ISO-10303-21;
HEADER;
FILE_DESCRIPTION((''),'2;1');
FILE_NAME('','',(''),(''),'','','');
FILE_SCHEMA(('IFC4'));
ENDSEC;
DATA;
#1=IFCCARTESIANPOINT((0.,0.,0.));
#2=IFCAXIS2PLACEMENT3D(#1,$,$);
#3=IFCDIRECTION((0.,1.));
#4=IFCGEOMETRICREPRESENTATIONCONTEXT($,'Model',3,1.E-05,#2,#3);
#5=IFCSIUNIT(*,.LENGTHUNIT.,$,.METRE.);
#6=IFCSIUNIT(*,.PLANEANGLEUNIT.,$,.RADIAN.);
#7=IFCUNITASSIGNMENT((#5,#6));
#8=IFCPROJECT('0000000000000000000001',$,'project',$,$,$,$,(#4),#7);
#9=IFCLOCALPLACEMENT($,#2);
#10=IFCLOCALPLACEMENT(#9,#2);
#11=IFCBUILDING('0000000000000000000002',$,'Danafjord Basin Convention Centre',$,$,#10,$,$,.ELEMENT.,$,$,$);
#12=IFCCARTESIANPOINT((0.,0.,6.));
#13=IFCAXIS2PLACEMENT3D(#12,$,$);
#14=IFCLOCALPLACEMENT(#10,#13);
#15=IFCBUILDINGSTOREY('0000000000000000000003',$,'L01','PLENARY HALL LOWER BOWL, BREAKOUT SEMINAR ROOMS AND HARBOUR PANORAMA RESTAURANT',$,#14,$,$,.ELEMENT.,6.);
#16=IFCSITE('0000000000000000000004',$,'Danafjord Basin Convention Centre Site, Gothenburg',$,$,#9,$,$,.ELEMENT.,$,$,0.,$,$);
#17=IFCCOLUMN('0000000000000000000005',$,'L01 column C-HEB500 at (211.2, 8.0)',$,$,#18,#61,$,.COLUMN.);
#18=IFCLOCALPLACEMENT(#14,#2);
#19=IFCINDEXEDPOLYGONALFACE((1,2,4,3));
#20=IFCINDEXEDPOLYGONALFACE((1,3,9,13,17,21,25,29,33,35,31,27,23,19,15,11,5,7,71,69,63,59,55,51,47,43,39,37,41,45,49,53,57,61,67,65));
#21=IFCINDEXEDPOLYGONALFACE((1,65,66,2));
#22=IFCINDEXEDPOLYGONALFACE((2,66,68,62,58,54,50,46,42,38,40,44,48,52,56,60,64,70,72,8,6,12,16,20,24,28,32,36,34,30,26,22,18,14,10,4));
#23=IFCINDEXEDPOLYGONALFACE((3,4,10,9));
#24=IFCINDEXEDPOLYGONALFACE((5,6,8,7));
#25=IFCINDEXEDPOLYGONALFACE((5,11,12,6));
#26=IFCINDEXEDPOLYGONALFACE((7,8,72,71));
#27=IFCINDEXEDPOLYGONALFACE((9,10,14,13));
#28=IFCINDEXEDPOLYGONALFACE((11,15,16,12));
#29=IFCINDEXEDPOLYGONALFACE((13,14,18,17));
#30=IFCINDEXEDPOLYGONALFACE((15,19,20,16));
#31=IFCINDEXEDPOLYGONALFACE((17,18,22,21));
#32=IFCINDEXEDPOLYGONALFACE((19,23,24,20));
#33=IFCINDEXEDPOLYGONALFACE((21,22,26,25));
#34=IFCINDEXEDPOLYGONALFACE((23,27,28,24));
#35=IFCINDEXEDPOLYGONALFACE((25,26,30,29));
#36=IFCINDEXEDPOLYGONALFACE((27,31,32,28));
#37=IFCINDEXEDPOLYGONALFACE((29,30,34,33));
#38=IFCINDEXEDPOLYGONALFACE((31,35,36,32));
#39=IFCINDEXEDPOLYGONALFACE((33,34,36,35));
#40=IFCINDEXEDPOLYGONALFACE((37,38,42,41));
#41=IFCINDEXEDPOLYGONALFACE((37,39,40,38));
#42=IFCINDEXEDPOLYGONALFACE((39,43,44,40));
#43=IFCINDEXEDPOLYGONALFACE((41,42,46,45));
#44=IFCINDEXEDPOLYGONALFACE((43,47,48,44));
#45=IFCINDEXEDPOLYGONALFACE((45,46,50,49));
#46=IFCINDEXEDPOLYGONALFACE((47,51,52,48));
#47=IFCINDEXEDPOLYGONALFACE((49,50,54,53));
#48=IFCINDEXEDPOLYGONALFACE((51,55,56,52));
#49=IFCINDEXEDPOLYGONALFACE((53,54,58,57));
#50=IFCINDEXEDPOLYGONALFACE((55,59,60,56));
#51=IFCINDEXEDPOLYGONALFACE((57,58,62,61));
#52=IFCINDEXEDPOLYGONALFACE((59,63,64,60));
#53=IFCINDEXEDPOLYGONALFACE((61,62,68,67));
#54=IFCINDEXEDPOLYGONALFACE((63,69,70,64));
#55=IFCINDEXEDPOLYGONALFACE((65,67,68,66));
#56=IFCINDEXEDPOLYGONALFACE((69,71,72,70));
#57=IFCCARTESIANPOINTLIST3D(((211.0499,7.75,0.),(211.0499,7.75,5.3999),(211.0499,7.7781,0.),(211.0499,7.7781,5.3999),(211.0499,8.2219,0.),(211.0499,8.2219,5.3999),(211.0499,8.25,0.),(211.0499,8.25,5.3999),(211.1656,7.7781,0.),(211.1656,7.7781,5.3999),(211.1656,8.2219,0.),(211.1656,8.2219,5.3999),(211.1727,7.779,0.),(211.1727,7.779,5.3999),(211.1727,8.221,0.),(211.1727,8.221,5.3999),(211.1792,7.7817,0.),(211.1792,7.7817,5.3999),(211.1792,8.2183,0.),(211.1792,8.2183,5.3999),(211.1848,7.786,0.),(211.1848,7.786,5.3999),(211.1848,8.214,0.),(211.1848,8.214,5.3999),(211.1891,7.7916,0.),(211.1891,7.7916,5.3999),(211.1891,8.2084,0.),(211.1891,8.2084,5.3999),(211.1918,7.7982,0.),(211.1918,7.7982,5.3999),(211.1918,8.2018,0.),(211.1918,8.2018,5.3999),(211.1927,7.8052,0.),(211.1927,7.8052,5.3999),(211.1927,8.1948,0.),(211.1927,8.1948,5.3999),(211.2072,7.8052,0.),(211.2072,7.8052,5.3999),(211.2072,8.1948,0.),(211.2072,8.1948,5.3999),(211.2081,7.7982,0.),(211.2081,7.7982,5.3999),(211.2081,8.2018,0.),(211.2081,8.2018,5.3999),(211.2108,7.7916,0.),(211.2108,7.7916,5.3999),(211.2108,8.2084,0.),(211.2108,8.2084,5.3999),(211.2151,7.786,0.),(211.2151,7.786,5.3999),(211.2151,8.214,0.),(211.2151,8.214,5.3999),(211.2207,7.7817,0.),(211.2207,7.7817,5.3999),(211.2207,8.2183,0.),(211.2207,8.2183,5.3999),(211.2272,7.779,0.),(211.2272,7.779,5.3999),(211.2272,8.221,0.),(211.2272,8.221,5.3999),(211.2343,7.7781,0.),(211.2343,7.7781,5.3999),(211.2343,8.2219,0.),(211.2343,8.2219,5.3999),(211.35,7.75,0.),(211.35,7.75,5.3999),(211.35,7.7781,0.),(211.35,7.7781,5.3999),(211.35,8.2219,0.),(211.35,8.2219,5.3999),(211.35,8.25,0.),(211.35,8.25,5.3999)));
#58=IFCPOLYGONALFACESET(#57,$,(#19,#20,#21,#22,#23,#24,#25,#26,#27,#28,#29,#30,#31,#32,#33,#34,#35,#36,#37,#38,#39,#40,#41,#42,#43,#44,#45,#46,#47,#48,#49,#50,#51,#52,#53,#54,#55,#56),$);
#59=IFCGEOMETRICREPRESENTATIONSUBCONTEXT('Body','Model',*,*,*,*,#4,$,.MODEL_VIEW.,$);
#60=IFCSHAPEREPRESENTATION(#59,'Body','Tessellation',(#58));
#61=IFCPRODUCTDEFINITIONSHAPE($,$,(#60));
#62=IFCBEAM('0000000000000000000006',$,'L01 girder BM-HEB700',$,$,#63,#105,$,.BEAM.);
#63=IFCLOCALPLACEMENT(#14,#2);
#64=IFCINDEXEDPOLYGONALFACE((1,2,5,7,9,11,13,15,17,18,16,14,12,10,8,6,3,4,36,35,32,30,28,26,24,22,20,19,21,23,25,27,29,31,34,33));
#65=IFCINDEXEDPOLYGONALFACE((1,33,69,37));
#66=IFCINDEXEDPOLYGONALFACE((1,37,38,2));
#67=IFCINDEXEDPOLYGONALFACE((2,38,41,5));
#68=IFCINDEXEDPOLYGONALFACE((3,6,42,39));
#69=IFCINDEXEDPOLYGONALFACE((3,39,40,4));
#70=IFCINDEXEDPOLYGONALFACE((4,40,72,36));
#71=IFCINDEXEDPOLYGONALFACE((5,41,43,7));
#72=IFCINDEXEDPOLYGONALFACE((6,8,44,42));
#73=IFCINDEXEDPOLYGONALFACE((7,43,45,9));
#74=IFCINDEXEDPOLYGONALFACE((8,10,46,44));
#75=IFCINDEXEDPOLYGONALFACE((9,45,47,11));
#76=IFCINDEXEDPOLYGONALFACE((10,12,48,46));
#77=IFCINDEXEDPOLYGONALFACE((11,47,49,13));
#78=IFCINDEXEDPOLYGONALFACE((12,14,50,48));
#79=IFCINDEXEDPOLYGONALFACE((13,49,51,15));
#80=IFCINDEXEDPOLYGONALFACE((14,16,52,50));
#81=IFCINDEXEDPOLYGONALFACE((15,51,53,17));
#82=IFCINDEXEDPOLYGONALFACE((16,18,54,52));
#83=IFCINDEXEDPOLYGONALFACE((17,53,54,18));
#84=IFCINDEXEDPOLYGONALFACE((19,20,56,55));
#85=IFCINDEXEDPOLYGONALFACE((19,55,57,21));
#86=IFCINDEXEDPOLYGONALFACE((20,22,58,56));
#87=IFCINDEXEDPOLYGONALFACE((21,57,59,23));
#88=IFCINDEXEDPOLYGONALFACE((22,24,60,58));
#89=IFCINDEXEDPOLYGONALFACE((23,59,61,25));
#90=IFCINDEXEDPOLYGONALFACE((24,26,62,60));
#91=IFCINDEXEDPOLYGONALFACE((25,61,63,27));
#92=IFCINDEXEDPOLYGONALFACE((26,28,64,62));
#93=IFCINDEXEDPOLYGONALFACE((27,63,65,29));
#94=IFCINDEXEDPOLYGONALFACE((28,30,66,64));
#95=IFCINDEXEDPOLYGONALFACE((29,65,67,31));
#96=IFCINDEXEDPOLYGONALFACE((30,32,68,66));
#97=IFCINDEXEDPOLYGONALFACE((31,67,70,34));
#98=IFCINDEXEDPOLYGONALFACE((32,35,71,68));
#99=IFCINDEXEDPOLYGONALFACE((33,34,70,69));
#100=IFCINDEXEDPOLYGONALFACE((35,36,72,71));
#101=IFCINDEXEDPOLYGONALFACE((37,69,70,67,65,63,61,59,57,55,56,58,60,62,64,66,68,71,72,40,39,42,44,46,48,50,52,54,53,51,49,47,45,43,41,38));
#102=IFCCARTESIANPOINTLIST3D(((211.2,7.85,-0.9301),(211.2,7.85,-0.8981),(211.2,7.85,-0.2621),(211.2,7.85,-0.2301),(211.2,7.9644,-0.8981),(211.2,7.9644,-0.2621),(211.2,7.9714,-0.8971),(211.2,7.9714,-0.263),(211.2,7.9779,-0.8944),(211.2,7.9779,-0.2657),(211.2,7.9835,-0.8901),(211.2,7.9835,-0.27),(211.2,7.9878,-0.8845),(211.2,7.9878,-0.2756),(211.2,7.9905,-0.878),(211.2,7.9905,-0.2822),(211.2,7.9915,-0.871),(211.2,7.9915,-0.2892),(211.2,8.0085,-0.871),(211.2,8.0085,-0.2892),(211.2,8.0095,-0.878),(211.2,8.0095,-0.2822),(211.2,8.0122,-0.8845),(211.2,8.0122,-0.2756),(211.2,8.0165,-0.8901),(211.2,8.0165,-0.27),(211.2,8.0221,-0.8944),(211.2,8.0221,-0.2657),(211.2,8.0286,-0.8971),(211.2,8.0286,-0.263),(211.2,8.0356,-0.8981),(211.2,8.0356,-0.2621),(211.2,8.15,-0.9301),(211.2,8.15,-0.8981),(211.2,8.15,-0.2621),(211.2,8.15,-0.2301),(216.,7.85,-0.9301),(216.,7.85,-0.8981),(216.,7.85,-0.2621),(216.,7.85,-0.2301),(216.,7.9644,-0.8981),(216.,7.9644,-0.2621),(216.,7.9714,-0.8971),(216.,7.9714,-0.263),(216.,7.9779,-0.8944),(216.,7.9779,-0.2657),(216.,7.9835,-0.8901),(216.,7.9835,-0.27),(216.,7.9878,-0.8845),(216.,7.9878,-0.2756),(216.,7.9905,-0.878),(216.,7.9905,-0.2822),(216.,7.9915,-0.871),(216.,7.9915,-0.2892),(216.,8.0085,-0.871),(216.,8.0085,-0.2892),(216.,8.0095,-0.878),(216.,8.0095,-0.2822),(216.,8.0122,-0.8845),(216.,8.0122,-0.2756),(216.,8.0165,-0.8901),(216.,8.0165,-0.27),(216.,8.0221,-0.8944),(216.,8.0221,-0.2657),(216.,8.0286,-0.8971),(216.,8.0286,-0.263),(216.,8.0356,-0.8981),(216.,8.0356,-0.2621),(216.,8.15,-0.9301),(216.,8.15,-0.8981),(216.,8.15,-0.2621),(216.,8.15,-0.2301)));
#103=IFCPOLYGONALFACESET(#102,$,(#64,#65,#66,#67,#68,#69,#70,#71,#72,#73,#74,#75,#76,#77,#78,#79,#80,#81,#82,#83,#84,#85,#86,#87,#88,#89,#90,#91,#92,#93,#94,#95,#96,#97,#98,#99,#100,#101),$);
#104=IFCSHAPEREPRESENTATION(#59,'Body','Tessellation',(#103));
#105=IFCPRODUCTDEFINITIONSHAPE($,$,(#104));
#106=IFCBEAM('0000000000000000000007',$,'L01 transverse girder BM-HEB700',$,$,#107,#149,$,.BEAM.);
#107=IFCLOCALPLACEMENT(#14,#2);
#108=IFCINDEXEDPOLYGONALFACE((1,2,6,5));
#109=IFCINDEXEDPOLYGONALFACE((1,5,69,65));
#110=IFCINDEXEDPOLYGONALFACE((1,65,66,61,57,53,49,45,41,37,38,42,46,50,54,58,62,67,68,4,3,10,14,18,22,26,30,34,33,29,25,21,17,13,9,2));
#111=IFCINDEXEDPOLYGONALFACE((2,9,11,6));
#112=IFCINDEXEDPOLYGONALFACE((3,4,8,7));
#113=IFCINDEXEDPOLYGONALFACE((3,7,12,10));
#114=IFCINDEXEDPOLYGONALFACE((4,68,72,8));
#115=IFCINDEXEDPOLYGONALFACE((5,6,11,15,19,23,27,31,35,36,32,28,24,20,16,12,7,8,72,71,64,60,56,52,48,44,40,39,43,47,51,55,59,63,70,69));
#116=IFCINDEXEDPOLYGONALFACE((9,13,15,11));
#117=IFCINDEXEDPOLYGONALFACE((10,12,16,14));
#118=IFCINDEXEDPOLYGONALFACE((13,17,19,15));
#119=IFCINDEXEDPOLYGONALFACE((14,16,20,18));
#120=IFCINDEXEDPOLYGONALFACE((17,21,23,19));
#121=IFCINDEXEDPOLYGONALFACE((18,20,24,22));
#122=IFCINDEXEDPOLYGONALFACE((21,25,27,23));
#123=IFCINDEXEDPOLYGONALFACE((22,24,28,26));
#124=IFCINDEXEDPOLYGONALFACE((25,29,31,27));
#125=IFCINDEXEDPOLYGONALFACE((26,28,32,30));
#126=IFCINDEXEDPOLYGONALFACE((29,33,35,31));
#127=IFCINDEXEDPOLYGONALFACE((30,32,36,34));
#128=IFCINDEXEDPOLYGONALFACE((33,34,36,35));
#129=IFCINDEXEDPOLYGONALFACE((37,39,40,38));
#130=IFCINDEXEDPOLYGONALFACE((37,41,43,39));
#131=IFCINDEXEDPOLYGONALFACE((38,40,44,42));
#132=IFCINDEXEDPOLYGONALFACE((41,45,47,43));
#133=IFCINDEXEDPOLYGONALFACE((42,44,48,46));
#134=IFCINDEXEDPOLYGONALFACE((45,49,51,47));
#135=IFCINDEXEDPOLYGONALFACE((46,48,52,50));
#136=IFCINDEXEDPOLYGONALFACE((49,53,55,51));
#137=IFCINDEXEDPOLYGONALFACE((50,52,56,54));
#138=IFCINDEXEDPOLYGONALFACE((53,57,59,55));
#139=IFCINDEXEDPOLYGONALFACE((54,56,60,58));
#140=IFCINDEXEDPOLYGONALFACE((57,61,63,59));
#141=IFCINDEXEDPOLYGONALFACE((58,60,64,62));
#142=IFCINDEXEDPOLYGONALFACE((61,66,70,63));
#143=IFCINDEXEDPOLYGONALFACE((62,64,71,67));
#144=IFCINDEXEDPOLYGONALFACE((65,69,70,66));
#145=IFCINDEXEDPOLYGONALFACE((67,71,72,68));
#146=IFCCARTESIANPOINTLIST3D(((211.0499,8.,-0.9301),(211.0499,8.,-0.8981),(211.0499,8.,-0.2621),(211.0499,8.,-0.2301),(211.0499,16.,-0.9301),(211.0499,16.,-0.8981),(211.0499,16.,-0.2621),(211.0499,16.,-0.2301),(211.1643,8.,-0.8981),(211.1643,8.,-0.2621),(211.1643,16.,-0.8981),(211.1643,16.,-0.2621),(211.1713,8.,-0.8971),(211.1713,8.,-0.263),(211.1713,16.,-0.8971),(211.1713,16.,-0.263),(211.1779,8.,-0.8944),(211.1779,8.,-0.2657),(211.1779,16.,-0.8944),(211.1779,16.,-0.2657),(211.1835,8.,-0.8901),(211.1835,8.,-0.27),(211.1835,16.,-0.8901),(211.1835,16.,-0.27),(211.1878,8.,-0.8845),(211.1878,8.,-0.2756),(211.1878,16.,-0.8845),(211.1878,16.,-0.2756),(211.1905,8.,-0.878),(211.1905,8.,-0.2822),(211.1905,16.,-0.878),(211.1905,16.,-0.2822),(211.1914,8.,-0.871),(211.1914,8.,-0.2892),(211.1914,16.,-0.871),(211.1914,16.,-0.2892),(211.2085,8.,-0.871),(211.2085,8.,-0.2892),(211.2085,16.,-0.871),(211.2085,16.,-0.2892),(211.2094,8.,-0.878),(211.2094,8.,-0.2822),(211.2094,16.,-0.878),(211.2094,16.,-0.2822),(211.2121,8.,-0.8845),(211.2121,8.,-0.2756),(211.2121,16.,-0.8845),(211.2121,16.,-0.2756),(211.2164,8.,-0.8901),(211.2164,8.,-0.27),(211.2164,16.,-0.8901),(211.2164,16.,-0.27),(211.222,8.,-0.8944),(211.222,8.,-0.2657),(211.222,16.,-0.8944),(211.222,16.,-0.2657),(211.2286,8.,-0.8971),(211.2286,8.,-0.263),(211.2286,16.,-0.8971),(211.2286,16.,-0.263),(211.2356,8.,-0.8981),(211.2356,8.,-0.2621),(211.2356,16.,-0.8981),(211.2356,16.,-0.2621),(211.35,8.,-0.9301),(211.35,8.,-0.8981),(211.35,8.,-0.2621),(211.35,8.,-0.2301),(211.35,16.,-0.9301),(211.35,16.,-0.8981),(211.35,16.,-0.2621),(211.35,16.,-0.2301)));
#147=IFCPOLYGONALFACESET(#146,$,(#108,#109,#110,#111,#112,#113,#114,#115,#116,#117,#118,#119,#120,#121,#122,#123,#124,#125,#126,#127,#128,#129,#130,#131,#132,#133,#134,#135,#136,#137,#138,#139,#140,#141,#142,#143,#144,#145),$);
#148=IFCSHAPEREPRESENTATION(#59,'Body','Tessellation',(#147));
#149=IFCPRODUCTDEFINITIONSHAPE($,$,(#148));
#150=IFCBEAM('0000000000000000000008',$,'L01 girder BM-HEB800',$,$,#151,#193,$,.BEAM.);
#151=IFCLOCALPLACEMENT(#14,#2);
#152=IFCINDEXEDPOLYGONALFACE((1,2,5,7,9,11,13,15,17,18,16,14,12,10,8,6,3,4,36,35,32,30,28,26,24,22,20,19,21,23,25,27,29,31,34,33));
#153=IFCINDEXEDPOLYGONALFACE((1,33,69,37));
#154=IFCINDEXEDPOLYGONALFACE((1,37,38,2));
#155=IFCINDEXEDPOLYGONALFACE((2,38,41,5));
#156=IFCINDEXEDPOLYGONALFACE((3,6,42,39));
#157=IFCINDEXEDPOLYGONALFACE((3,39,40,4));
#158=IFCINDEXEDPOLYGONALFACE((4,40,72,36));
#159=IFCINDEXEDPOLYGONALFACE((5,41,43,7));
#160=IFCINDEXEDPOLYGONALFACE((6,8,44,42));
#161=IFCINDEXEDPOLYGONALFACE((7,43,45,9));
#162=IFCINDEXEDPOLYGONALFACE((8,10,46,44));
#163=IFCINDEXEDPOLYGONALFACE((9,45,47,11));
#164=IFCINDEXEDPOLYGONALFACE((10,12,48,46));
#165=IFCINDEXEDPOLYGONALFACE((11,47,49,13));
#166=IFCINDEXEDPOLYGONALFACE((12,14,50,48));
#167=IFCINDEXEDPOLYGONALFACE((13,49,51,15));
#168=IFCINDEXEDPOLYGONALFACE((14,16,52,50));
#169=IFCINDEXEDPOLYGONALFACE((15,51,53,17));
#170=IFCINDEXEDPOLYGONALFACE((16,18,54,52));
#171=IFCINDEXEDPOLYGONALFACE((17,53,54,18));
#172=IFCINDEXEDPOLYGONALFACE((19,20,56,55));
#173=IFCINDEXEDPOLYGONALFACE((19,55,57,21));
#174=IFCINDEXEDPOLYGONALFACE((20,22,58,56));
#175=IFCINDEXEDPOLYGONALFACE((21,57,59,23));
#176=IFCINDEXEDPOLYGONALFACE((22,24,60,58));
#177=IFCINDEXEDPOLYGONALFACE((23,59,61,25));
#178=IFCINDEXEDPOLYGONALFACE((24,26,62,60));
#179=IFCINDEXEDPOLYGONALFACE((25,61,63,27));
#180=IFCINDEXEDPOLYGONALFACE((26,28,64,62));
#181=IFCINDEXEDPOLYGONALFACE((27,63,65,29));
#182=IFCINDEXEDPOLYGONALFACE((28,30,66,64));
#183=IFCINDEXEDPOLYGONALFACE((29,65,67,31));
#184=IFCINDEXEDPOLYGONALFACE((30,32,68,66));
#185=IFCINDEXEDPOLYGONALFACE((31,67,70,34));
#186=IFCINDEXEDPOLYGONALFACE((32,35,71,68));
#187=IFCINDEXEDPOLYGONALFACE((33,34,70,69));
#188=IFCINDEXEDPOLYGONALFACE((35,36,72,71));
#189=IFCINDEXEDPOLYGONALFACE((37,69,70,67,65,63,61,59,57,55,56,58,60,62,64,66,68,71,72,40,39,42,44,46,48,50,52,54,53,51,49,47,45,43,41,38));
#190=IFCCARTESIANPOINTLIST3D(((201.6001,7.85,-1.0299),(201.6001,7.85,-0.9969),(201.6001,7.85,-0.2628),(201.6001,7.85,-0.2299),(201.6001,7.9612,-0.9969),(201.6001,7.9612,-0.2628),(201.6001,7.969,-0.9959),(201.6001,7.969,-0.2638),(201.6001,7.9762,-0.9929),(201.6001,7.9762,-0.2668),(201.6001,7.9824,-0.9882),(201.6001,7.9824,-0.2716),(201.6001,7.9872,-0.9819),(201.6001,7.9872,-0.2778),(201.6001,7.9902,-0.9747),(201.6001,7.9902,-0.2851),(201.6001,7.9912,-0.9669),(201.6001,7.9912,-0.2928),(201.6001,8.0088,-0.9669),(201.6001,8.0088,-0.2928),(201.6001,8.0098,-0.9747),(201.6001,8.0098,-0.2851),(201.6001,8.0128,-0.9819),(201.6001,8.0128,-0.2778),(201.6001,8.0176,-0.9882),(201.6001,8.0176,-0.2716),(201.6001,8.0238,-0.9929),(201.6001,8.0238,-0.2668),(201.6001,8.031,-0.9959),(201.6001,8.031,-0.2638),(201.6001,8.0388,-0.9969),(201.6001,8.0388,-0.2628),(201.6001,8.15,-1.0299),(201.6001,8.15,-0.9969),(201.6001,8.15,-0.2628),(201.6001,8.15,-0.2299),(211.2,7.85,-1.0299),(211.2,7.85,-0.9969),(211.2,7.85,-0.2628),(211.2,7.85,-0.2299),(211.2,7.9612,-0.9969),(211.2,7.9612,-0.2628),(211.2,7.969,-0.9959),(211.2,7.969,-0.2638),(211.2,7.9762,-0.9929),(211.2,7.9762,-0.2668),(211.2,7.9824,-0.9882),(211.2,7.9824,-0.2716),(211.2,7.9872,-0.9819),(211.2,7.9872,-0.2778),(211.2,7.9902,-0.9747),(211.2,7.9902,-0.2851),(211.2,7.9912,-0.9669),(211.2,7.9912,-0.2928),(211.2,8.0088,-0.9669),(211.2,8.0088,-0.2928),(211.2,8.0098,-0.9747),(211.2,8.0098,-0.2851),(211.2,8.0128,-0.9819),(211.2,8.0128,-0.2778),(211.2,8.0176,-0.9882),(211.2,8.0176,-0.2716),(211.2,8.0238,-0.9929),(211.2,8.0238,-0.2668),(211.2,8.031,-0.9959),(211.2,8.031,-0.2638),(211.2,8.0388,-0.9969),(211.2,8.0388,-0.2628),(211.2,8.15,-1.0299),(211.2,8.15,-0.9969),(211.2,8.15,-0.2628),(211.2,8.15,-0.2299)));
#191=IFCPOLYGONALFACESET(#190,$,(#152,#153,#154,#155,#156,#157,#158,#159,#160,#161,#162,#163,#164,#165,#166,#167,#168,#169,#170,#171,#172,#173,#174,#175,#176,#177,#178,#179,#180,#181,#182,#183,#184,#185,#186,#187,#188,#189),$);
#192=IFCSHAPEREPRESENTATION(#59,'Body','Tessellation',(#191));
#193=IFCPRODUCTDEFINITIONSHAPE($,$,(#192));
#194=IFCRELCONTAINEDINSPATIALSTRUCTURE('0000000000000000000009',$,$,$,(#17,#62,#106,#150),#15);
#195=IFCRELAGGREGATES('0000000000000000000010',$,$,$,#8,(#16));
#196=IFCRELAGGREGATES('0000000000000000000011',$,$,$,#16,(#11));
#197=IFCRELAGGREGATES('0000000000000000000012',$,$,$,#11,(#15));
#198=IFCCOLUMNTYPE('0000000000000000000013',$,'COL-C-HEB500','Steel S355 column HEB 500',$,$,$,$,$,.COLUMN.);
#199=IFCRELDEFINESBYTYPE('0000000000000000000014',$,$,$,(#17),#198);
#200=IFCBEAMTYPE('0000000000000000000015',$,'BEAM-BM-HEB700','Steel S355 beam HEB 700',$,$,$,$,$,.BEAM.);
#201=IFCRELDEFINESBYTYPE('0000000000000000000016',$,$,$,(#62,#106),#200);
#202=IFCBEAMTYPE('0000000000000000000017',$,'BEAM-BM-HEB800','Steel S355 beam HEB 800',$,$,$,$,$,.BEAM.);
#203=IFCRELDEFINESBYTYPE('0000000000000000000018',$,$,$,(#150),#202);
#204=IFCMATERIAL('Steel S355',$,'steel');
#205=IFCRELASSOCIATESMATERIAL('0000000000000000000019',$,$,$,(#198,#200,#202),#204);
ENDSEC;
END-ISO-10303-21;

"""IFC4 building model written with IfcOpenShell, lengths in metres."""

from ifc_helpers import new_model, si_unit, direction, frame, origin, origin_2d, place, context, subcontext, project, spatial, i_section, extrude, material, material_profile, profile_set, type_object, element, save


model = new_model("IFC4")

# Units and contexts
model_context = context("Model", 3, precision=1e-05, world=origin(), true_north=direction((0.0, 1.0)))
body_context = subcontext(model_context, "Body", "Model", "MODEL_VIEW")
ifc_project = project(units=[si_unit("LENGTHUNIT", "METRE"), si_unit("PLANEANGLEUNIT", "RADIAN")], contexts=[model_context])

# Site, building, storey
site_placement = place(None, origin())
site = spatial("IfcSite", under=ifc_project, at=site_placement, Name="Danafjord Basin Convention Centre Site, Gothenburg", CompositionType="ELEMENT", RefElevation=0.0)
building_placement = place(site_placement, origin())
building = spatial("IfcBuilding", under=site, at=building_placement, Name="Danafjord Basin Convention Centre", CompositionType="ELEMENT")
storey_placement = place(building_placement, frame((0.0, 0.0, 6.0)))
storey = spatial("IfcBuildingStorey", under=building, at=storey_placement, Name="L01", Description="PLENARY HALL LOWER BOWL, BREAKOUT SEMINAR ROOMS AND HARBOUR PANORAMA RESTAURANT", CompositionType="ELEMENT", Elevation=6.0)

# Column
ifc_material_1 = material(Name="Steel S355", Category="steel")
ifc_material_profile_1 = material_profile(ifc_material_1, i_section(OverallWidth=0.3, OverallDepth=0.5, WebThickness=0.0144, FlangeThickness=0.0281, FilletRadius=0.0271, at=origin_2d()), Name="HEB 500")
ifc_profile_set_1 = profile_set([ifc_material_profile_1], Name="Steel S355")
column_type_1 = type_object("IfcColumnType", Name="COL-C-HEB500", Description="Steel S355 column HEB 500", PredefinedType="COLUMN", material=ifc_profile_set_1)
for number, where, z_axis, x_axis, name in (
    (1, (211.2, 8.0, 0.0), (0.0, 0.0, 1.0), (1.0, 0.0, 0.0), "L01 column C-HEB500 at (211.2, 8.0)"),
):
    element("IfcColumn", number, at=place(storey_placement, frame(where, z_axis=z_axis, x_axis=x_axis)), inside=storey, type_object=column_type_1, Name=name, PredefinedType="COLUMN", context=body_context, shape_type="SweptSolid", body=[
        extrude(i_section(OverallWidth=0.3, OverallDepth=0.5, WebThickness=0.0144, FlangeThickness=0.0281, FilletRadius=0.0271, at=origin_2d()), origin(), (0.0, 0.0, 1.0), 5.3999),
    ])

# Beams
ifc_material_profile_2 = material_profile(ifc_material_1, i_section(OverallWidth=0.3, OverallDepth=0.7, WebThickness=0.0171, FlangeThickness=0.032, FilletRadius=0.0271, at=origin_2d()), Name="HEB 700")
ifc_profile_set_2 = profile_set([ifc_material_profile_2], Name="Steel S355")
beam_type_1 = type_object("IfcBeamType", Name="BEAM-BM-HEB700", Description="Steel S355 beam HEB 700", PredefinedType="BEAM", material=ifc_profile_set_2)
beam_1_placement = place(storey_placement, frame((211.2, 8.0, -0.5801), z_axis=(1.0, 0.0, 0.0), x_axis=(0.0, 1.0, 0.0)))
element("IfcBeam", 2, at=beam_1_placement, inside=storey, type_object=beam_type_1, Name="L01 girder BM-HEB700", PredefinedType="BEAM", context=body_context, shape_type="SweptSolid", body=[
    extrude(i_section(OverallWidth=0.3, OverallDepth=0.7, WebThickness=0.0171, FlangeThickness=0.032, FilletRadius=0.0271, at=origin_2d()), origin(), (0.0, 0.0, 1.0), 4.8),
])
beam_2_placement = place(storey_placement, frame((211.2, 8.0, -0.5801), z_axis=(0.0, 1.0, 0.0), x_axis=(-1.0, 0.0, 0.0)))
element("IfcBeam", 3, at=beam_2_placement, inside=storey, type_object=beam_type_1, Name="L01 transverse girder BM-HEB700", PredefinedType="BEAM", context=body_context, shape_type="SweptSolid", body=[
    extrude(i_section(OverallWidth=0.3, OverallDepth=0.7, WebThickness=0.0171, FlangeThickness=0.032, FilletRadius=0.0271, at=origin_2d()), origin(), (0.0, 0.0, 1.0), 8.0),
])
ifc_material_profile_3 = material_profile(ifc_material_1, i_section(OverallWidth=0.3, OverallDepth=0.8, WebThickness=0.0176, FlangeThickness=0.033, FilletRadius=0.03, at=origin_2d()), Name="HEB 800")
ifc_profile_set_3 = profile_set([ifc_material_profile_3], Name="Steel S355")
beam_type_2 = type_object("IfcBeamType", Name="BEAM-BM-HEB800", Description="Steel S355 beam HEB 800", PredefinedType="BEAM", material=ifc_profile_set_3)
beam_3_placement = place(storey_placement, frame((201.6001, 8.0, -0.6299), z_axis=(1.0, 0.0, 0.0), x_axis=(0.0, 1.0, 0.0)))
element("IfcBeam", 4, at=beam_3_placement, inside=storey, type_object=beam_type_2, Name="L01 girder BM-HEB800", PredefinedType="BEAM", context=body_context, shape_type="SweptSolid", body=[
    extrude(i_section(OverallWidth=0.3, OverallDepth=0.8, WebThickness=0.0176, FlangeThickness=0.033, FilletRadius=0.03, at=origin_2d()), origin(), (0.0, 0.0, 1.0), 9.5999),
])

save(model, "model.ifc")
